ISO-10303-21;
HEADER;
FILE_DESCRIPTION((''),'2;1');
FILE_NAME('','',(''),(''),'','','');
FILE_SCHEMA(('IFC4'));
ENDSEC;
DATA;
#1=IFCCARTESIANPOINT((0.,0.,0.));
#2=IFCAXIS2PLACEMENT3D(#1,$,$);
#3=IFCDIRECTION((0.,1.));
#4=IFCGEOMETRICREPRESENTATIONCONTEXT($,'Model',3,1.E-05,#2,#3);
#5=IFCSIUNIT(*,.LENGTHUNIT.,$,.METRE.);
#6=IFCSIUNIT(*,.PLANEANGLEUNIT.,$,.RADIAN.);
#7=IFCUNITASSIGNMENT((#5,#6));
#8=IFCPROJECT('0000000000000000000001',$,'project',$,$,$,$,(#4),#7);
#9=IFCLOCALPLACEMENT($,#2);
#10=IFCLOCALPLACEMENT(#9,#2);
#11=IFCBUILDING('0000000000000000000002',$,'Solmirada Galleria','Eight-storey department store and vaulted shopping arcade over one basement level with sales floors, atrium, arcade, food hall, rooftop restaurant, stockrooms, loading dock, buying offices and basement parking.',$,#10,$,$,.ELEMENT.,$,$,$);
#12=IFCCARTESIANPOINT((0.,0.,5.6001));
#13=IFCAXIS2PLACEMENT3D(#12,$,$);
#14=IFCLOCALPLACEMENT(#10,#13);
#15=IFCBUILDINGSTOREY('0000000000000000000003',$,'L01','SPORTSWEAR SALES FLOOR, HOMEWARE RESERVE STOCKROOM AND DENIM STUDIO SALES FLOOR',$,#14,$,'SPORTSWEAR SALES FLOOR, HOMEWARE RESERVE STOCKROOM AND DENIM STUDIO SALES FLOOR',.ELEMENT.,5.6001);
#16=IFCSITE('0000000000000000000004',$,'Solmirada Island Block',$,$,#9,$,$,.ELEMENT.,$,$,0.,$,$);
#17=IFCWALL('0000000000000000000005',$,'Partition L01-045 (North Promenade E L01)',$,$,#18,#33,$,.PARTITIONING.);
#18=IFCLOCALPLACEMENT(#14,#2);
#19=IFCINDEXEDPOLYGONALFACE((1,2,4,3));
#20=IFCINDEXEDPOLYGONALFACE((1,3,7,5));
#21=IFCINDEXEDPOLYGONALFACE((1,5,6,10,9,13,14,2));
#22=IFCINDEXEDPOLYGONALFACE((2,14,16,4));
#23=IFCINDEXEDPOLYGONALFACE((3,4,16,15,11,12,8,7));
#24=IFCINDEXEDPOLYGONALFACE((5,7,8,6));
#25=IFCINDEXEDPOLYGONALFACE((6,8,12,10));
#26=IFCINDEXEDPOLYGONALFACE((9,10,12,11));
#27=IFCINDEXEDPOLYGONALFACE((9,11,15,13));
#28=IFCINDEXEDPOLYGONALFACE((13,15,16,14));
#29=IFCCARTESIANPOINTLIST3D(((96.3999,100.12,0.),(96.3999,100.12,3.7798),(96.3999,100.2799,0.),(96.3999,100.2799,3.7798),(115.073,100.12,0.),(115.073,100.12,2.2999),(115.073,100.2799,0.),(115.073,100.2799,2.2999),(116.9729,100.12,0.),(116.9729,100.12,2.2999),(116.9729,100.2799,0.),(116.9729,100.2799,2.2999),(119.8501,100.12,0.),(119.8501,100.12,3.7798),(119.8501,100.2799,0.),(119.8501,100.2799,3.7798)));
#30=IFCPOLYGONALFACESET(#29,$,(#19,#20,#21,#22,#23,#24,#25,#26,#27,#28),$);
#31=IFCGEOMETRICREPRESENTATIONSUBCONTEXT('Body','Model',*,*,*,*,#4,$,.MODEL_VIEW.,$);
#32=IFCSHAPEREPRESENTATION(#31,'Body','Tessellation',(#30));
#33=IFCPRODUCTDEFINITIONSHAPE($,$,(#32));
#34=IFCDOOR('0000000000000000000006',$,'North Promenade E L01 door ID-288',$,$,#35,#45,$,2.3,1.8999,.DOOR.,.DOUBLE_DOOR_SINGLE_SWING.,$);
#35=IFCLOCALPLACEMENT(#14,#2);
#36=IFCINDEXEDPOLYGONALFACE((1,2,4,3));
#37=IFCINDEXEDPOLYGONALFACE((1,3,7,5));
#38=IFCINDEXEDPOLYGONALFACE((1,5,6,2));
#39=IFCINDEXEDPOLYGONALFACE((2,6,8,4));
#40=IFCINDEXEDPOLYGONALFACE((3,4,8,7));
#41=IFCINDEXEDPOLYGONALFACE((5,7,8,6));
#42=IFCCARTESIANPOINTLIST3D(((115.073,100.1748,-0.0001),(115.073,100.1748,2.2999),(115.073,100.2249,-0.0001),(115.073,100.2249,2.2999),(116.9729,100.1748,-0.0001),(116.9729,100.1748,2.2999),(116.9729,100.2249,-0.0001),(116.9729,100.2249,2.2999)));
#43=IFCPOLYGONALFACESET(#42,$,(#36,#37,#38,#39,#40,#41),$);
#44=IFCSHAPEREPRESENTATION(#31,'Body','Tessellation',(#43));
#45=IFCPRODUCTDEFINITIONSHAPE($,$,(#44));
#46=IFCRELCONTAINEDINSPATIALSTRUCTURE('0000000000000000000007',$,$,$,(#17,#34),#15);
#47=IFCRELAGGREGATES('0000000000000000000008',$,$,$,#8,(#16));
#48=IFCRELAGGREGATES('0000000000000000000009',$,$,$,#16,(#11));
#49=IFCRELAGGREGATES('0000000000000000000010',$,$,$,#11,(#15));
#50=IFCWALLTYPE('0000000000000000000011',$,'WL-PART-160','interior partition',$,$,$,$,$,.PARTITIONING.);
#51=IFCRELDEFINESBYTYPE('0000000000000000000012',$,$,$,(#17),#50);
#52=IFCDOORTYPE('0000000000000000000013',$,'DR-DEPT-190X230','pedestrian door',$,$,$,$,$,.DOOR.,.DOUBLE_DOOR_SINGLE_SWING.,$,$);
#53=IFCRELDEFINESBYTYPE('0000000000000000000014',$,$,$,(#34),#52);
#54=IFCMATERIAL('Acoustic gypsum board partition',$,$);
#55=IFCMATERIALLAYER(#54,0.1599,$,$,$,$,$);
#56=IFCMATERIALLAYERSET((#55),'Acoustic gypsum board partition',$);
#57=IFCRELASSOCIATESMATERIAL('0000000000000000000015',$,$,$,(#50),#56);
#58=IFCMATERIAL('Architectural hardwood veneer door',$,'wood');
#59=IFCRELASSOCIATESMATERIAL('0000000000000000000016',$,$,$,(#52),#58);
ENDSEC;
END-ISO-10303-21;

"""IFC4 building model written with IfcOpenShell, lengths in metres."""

from ifc_helpers import new_model, si_unit, direction, frame, frame_2d, origin, place, context, subcontext, project, spatial, rectangle, extrude, material, layer, layer_set, type_object, element, fill, save


model = new_model("IFC4")

# Units and contexts
model_context = context("Model", 3, precision=1e-05, world=origin(), true_north=direction((0.0, 1.0)))
body_context = subcontext(model_context, "Body", "Model", "MODEL_VIEW")
ifc_project = project(units=[si_unit("LENGTHUNIT", "METRE"), si_unit("PLANEANGLEUNIT", "RADIAN")], contexts=[model_context])

# Site, building, storey
site_placement = place(None, origin())
site = spatial("IfcSite", under=ifc_project, at=site_placement, Name="Solmirada Island Block", CompositionType="ELEMENT", RefElevation=0.0)
building_placement = place(site_placement, origin())
building = spatial("IfcBuilding", under=site, at=building_placement, Name="Solmirada Galleria", Description="Eight-storey department store and vaulted shopping arcade over one basement level with sales floors, atrium, arcade, food hall, rooftop restaurant, stockrooms, loading dock, buying offices and basement parking.", CompositionType="ELEMENT")
storey_placement = place(building_placement, frame((0.0, 0.0, 5.6001)))
storey = spatial("IfcBuildingStorey", under=building, at=storey_placement, Name="L01", Description="SPORTSWEAR SALES FLOOR, HOMEWARE RESERVE STOCKROOM AND DENIM STUDIO SALES FLOOR", LongName="SPORTSWEAR SALES FLOOR, HOMEWARE RESERVE STOCKROOM AND DENIM STUDIO SALES FLOOR", CompositionType="ELEMENT", Elevation=5.6001)

# Wall, opening, door
ifc_material_1 = material(Name="Acoustic gypsum board partition")
ifc_layer_1 = layer(ifc_material_1, 0.1599)
ifc_layer_set_1 = layer_set([ifc_layer_1], Name="Acoustic gypsum board partition")
wall_type = type_object("IfcWallType", Name="WL-PART-160", Description="interior partition", PredefinedType="PARTITIONING", material=ifc_layer_set_1)
wall_placement = place(storey_placement, frame((96.3999, 100.2, 0.0), z_axis=(0.0, 0.0, 1.0), x_axis=(1.0, 0.0, 0.0)))
wall = element("IfcWall", 1, at=wall_placement, inside=storey, type_object=wall_type, Name="Partition L01-045 (North Promenade E L01)", PredefinedType="PARTITIONING", context=body_context, shape_type="SweptSolid", body=[
    extrude(rectangle(XDim=23.4502, YDim=0.1599, at=frame_2d((11.7251, 0.0))), origin(), (0.0, 0.0, 1.0), 3.7798),
])
opening_placement = place(wall_placement, frame((18.6731, 0.0, 0.0)))
opening = element("IfcOpeningElement", 2, at=opening_placement, cuts=wall, PredefinedType="OPENING", context=body_context, shape_type="SweptSolid", body=[
    extrude(rectangle(XDim=1.8999, YDim=2.3, at=frame_2d((0.95, 1.1499))), frame((0.0, 0.0898, 0.0), z_axis=(0.0, -1.0, 0.0), x_axis=(1.0, 0.0, 0.0)), (0.0, 0.0, 1.0), 0.1799),
])
ifc_material_2 = material(Name="Architectural hardwood veneer door", Category="wood")
door_type = type_object("IfcDoorType", Name="DR-DEPT-190X230", Description="pedestrian door", OperationType="DOUBLE_DOOR_SINGLE_SWING", PredefinedType="DOOR", material=ifc_material_2)
door_placement = place(opening_placement, origin())
door = element("IfcDoor", 3, at=door_placement, inside=storey, type_object=door_type, Name="North Promenade E L01 door ID-288", OperationType="DOUBLE_DOOR_SINGLE_SWING", OverallHeight=2.3, OverallWidth=1.8999, PredefinedType="DOOR", context=body_context, shape_type="SweptSolid", body=[
    extrude(rectangle(XDim=1.8999, YDim=2.3, at=frame_2d((0.95, 1.1499))), frame((0.0, 0.0249, 0.0), z_axis=(0.0, -1.0, 0.0), x_axis=(1.0, 0.0, 0.0)), (0.0, 0.0, 1.0), 0.05),
])
fill(opening, door)

save(model, "model.ifc")
